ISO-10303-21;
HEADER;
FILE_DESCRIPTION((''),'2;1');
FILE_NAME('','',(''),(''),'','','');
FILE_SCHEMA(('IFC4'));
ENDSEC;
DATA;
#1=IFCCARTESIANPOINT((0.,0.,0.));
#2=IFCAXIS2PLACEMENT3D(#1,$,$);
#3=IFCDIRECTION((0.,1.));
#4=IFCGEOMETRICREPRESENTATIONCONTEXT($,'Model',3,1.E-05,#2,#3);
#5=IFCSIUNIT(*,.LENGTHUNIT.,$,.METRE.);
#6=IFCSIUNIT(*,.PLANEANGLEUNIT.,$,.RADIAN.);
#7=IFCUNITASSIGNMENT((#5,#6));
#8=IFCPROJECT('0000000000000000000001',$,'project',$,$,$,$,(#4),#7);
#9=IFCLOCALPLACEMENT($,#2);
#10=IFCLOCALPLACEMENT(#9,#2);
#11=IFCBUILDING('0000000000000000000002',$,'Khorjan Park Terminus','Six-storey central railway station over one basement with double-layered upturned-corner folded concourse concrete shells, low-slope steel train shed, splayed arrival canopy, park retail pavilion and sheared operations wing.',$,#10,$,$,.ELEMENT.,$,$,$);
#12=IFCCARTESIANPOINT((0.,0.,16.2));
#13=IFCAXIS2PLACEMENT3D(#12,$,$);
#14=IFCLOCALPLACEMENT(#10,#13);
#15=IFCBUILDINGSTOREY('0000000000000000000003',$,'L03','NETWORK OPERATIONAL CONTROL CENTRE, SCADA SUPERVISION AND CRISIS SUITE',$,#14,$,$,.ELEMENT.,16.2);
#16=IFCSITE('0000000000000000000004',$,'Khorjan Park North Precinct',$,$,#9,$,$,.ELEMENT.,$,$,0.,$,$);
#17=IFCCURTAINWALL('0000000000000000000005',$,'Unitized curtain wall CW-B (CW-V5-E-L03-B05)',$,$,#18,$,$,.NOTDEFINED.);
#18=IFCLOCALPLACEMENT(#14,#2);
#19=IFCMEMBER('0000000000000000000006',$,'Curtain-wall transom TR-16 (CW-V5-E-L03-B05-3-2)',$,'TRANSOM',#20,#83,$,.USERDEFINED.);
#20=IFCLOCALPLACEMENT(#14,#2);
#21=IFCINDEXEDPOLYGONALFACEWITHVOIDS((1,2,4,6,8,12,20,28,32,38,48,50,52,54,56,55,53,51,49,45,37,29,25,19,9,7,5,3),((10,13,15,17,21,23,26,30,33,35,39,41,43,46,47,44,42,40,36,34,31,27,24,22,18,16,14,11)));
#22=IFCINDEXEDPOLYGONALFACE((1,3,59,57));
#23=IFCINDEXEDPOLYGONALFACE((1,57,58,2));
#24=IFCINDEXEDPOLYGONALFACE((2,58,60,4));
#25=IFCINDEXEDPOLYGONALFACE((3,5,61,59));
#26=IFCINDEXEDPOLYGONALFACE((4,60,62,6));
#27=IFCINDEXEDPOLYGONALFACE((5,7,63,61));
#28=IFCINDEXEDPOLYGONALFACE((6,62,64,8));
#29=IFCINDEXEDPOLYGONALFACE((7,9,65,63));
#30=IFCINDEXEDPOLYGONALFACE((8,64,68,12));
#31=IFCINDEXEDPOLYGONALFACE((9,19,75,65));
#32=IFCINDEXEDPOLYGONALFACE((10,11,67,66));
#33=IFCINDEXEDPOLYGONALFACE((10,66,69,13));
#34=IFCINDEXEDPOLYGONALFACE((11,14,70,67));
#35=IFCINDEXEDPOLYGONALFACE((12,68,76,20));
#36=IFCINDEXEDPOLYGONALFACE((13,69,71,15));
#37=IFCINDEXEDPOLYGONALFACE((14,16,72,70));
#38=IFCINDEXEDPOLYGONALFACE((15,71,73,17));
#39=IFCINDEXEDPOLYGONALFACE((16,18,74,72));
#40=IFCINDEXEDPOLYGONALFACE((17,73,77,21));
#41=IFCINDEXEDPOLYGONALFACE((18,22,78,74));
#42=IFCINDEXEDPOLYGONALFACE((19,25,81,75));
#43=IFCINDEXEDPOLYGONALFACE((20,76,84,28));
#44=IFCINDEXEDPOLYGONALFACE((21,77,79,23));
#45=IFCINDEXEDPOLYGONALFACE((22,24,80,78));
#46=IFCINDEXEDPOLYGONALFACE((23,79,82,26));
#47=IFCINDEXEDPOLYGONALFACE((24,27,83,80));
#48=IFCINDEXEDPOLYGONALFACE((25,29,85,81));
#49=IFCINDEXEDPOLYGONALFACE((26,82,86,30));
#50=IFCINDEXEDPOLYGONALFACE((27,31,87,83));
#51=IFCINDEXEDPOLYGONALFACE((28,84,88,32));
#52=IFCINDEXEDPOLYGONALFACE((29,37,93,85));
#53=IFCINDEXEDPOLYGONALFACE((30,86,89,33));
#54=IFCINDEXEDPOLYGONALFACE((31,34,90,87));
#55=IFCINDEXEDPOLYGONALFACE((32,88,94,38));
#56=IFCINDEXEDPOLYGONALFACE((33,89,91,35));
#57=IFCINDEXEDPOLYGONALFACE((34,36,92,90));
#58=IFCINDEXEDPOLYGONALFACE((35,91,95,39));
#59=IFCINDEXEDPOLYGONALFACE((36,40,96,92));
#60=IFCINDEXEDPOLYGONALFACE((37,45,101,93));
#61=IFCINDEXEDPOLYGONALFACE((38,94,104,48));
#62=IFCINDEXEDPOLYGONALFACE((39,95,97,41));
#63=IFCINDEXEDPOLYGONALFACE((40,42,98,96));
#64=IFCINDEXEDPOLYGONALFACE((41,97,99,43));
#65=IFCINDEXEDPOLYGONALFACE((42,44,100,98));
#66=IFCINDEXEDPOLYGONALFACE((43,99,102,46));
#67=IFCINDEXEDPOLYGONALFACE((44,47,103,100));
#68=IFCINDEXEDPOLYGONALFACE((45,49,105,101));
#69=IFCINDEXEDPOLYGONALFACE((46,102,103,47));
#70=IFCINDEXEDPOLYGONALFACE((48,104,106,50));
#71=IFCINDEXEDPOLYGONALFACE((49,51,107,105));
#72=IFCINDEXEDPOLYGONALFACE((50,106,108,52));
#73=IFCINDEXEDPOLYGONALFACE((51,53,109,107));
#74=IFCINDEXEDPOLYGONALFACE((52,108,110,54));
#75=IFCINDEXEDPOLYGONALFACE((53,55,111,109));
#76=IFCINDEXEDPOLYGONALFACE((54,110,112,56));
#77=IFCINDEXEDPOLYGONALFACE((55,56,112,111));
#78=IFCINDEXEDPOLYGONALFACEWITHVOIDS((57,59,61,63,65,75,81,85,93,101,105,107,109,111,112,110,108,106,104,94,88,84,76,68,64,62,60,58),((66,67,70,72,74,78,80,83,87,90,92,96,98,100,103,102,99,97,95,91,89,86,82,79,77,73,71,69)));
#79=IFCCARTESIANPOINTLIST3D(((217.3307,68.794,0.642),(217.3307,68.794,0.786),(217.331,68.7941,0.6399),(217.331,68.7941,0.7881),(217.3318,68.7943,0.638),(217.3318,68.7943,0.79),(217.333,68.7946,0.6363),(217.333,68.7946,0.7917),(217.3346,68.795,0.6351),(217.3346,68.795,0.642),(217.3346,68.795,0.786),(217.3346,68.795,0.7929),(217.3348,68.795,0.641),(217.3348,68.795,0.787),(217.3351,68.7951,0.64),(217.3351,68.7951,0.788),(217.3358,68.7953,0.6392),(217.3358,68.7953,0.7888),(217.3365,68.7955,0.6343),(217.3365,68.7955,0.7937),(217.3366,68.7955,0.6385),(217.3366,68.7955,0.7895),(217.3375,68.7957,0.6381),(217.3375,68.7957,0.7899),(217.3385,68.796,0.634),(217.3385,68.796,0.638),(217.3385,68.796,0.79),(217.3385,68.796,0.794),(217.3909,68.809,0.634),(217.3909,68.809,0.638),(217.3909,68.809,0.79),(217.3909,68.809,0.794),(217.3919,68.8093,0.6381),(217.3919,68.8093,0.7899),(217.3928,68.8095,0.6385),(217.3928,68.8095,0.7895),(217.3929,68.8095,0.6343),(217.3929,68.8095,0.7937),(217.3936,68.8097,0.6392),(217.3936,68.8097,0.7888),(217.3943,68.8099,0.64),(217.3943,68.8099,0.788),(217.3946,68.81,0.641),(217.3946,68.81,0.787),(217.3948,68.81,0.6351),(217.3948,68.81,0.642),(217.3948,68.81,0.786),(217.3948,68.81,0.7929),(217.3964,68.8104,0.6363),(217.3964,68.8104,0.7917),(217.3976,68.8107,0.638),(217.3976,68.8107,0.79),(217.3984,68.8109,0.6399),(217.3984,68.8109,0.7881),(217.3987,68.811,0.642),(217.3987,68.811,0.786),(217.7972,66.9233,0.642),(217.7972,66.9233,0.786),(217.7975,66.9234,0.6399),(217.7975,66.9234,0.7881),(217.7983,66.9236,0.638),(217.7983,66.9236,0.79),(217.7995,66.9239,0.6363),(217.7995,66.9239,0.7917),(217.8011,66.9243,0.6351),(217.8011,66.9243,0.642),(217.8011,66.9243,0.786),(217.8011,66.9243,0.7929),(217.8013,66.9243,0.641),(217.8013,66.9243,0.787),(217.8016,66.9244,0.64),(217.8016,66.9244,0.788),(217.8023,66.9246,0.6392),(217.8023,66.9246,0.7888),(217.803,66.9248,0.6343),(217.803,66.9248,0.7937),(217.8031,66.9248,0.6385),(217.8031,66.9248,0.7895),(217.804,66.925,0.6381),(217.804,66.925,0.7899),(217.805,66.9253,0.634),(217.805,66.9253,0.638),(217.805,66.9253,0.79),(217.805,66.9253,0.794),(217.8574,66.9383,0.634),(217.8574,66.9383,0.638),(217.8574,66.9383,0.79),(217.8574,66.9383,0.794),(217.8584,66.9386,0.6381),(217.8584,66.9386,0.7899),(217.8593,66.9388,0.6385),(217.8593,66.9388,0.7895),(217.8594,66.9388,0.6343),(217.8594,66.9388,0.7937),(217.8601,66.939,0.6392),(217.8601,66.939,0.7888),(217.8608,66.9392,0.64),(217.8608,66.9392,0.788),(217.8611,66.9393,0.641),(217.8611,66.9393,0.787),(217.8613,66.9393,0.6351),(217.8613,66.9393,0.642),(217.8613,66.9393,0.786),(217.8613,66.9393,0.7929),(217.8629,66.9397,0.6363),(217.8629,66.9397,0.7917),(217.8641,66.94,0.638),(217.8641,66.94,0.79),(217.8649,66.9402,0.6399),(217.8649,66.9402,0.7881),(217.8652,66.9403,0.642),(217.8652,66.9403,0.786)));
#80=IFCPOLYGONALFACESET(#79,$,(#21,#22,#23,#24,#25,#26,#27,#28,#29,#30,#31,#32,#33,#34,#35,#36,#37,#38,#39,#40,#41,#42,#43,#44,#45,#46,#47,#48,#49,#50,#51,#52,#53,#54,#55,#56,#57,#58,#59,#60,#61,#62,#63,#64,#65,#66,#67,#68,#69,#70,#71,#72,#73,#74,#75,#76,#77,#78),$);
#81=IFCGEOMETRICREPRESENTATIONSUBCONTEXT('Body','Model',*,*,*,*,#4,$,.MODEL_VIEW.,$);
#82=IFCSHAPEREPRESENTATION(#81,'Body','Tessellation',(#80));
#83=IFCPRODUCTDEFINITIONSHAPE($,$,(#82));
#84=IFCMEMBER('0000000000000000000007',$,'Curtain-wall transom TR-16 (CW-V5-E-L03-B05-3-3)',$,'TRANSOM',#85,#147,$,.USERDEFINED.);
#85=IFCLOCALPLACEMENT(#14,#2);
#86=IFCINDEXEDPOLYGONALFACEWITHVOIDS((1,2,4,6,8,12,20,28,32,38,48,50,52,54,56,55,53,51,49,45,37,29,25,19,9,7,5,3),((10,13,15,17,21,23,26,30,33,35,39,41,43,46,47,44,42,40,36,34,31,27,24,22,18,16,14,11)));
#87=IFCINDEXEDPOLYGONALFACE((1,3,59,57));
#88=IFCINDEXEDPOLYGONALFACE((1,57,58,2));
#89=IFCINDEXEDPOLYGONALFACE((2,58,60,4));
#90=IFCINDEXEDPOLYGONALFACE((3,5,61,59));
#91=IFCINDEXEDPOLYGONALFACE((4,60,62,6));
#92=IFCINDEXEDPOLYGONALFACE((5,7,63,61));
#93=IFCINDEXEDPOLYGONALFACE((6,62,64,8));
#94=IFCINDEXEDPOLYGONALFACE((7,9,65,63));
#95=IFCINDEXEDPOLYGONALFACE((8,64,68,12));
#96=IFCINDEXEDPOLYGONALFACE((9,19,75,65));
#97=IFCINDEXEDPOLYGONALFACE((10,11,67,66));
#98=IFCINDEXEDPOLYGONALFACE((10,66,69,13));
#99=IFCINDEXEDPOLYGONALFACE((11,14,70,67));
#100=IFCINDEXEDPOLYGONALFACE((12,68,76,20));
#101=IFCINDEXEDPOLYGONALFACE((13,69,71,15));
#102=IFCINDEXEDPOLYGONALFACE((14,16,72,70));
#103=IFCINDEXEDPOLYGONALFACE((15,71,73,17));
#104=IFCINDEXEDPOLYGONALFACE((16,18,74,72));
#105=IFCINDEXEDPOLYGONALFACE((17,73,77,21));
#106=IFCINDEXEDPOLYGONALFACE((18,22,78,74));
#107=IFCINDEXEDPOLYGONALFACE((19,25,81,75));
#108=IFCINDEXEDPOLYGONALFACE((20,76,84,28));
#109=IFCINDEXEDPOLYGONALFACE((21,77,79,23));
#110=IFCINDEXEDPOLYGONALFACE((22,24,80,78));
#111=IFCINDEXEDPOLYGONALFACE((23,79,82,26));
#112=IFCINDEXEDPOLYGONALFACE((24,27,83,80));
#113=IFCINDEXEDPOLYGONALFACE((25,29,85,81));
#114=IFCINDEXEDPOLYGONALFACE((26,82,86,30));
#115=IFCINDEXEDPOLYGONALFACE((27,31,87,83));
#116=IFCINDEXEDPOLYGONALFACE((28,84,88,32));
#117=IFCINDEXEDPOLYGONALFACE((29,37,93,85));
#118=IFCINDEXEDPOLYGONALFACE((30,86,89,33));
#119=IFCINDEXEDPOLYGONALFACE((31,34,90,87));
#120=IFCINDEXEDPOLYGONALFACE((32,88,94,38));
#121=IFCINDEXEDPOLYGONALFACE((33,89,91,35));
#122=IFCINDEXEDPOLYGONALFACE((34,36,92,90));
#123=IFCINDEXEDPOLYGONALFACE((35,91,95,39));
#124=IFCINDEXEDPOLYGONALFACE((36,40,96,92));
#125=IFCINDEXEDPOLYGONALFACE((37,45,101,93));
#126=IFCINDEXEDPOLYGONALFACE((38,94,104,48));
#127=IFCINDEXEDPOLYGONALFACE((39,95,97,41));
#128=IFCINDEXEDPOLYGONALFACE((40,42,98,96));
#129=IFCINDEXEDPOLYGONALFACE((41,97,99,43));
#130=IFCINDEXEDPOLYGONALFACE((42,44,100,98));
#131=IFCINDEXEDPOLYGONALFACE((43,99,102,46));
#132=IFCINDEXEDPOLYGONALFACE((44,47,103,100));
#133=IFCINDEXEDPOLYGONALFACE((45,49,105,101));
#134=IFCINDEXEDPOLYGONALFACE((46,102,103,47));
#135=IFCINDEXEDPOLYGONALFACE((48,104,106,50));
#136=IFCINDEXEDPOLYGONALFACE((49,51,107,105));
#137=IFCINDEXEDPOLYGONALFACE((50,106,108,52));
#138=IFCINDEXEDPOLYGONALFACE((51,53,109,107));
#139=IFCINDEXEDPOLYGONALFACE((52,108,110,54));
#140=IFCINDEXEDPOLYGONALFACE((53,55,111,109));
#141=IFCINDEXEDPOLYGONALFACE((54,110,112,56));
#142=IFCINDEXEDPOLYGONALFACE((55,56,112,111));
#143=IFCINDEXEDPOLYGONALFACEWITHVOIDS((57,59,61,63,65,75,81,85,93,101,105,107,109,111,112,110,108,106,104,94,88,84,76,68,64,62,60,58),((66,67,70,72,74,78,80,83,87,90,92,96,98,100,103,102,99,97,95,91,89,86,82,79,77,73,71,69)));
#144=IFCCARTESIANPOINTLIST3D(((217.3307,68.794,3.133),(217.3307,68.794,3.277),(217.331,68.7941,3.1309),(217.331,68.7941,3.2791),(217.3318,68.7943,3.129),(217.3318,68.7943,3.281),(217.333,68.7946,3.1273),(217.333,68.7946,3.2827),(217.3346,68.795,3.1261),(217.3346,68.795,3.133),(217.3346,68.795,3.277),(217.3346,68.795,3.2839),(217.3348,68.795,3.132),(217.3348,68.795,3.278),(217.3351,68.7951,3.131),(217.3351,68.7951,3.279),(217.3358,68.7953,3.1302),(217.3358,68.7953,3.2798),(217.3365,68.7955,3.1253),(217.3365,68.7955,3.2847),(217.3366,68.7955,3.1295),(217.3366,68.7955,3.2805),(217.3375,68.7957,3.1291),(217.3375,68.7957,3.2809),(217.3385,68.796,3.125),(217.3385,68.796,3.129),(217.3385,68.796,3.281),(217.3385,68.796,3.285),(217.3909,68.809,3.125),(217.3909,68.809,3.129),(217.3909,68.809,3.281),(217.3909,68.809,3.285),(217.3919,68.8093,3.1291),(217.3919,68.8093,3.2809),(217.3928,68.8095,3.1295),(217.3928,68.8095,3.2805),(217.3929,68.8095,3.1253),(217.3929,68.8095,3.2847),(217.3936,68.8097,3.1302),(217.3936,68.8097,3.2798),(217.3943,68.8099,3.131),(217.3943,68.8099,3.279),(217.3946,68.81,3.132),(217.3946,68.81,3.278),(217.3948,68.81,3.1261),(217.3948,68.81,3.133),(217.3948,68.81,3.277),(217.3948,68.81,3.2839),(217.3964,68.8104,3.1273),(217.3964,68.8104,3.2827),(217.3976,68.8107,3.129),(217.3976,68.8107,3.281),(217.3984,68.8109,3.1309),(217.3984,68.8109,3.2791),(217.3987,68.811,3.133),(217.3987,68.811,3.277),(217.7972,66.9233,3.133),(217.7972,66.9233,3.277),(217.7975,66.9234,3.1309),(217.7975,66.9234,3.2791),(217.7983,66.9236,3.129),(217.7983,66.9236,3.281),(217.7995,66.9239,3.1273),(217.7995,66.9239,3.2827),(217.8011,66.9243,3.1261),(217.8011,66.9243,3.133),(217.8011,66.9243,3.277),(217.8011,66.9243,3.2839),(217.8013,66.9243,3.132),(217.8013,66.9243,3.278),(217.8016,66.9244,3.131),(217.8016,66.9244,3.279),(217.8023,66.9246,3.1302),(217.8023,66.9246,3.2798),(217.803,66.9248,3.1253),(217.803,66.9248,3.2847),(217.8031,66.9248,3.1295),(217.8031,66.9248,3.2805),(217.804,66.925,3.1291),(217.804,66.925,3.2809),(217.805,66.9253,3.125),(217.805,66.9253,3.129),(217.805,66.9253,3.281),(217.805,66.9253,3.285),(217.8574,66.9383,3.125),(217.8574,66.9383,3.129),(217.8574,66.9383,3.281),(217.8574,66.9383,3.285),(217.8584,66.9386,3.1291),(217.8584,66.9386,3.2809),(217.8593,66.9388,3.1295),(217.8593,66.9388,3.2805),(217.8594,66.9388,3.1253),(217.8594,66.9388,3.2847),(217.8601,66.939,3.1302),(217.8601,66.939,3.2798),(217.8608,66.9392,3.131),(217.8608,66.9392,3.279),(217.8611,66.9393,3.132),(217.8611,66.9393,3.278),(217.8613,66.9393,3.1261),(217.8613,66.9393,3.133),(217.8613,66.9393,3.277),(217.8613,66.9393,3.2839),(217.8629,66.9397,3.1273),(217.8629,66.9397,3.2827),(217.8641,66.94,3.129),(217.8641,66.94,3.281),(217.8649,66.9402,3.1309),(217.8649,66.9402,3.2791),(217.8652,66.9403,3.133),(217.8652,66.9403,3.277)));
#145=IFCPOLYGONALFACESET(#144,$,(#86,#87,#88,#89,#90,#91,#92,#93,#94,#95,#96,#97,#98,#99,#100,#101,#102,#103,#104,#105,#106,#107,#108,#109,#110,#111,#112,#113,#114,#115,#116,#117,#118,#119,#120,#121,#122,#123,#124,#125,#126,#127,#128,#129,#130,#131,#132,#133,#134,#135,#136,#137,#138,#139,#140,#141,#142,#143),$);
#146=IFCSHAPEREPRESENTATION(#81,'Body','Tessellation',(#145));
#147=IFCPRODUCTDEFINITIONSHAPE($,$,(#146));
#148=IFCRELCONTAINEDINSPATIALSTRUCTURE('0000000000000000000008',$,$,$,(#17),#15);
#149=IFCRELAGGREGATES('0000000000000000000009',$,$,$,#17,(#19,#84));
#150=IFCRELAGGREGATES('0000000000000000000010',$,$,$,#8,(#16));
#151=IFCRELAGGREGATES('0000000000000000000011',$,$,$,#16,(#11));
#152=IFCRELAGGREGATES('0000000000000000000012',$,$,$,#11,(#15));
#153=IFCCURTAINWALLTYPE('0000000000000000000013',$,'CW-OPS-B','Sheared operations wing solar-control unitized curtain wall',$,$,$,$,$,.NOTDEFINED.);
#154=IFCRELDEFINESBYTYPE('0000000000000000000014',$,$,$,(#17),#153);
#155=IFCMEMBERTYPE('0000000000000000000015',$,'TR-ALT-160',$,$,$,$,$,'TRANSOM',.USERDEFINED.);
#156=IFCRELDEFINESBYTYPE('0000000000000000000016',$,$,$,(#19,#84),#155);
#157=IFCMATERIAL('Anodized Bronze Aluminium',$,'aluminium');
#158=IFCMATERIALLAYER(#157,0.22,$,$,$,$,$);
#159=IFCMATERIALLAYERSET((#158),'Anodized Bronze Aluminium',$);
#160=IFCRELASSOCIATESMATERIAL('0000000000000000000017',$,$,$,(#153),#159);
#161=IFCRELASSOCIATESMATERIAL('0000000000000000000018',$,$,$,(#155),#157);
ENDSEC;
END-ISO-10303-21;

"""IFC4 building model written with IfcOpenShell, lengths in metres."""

from ifc_helpers import new_model, si_unit, direction, frame, origin, origin_2d, place, context, subcontext, project, spatial, hollow_rectangle, extrude, material, layer, layer_set, material_profile, profile_set, type_object, element, aggregate, save


model = new_model("IFC4")

# Units and contexts
model_context = context("Model", 3, precision=1e-05, world=origin(), true_north=direction((0.0, 1.0)))
body_context = subcontext(model_context, "Body", "Model", "MODEL_VIEW")
ifc_project = project(units=[si_unit("LENGTHUNIT", "METRE"), si_unit("PLANEANGLEUNIT", "RADIAN")], contexts=[model_context])

# Site, building, storey
site_placement = place(None, origin())
site = spatial("IfcSite", under=ifc_project, at=site_placement, Name="Khorjan Park North Precinct", CompositionType="ELEMENT", RefElevation=0.0)
building_placement = place(site_placement, origin())
building = spatial("IfcBuilding", under=site, at=building_placement, Name="Khorjan Park Terminus", Description="Six-storey central railway station over one basement with double-layered upturned-corner folded concourse concrete shells, low-slope steel train shed, splayed arrival canopy, park retail pavilion and sheared operations wing.", CompositionType="ELEMENT")
storey_placement = place(building_placement, frame((0.0, 0.0, 16.2)))
storey = spatial("IfcBuildingStorey", under=building, at=storey_placement, Name="L03", Description="NETWORK OPERATIONAL CONTROL CENTRE, SCADA SUPERVISION AND CRISIS SUITE", CompositionType="ELEMENT", Elevation=16.2)

# Curtain wall, members
ifc_material_1 = material(Name="Anodized Bronze Aluminium", Category="aluminium")
ifc_layer_1 = layer(ifc_material_1, 0.22)
ifc_layer_set_1 = layer_set([ifc_layer_1], Name="Anodized Bronze Aluminium")
curtain_wall_type = type_object("IfcCurtainWallType", Name="CW-OPS-B", Description="Sheared operations wing solar-control unitized curtain wall", PredefinedType="NOTDEFINED", material=ifc_layer_set_1)
curtain_wall_placement = place(storey_placement, origin())
curtain_wall = element("IfcCurtainWall", 1, at=curtain_wall_placement, inside=storey, type_object=curtain_wall_type, Name="Unitized curtain wall CW-B (CW-V5-E-L03-B05)", PredefinedType="NOTDEFINED")
ifc_material_profile_1 = material_profile(ifc_material_1, hollow_rectangle(XDim=0.07, YDim=0.16, WallThickness=0.004, InnerFilletRadius=0.004, OuterFilletRadius=0.008, at=origin_2d()), Name="ALT 70x160x4")
ifc_profile_set_1 = profile_set([ifc_material_profile_1], Name="Anodized Bronze Aluminium")
member_type_1 = type_object("IfcMemberType", Name="TR-ALT-160", ElementType="TRANSOM", PredefinedType="USERDEFINED", material=ifc_profile_set_1)
member_1_placement = place(storey_placement, frame((217.8312, 66.9318, 0.714), z_axis=(-0.241962, 0.970286, 0.0), x_axis=(-0.970286, -0.241962, 0.0)))
member_1 = element("IfcMember", 2, at=member_1_placement, type_object=member_type_1, Name="Curtain-wall transom TR-16 (CW-V5-E-L03-B05-3-2)", ObjectType="TRANSOM", PredefinedType="USERDEFINED", context=body_context, shape_type="SweptSolid", body=[
    extrude(hollow_rectangle(XDim=0.07, YDim=0.16, WallThickness=0.004, InnerFilletRadius=0.004, OuterFilletRadius=0.008, at=origin_2d()), origin(), (0.0, 0.0, 1.0), 1.928),
])
member_2_placement = place(storey_placement, frame((217.8312, 66.9318, 3.205), z_axis=(-0.241962, 0.970286, 0.0), x_axis=(-0.970286, -0.241962, 0.0)))
member_2 = element("IfcMember", 3, at=member_2_placement, type_object=member_type_1, Name="Curtain-wall transom TR-16 (CW-V5-E-L03-B05-3-3)", ObjectType="TRANSOM", PredefinedType="USERDEFINED", context=body_context, shape_type="SweptSolid", body=[
    extrude(hollow_rectangle(XDim=0.07, YDim=0.16, WallThickness=0.004, InnerFilletRadius=0.004, OuterFilletRadius=0.008, at=origin_2d()), origin(), (0.0, 0.0, 1.0), 1.928),
])
aggregate(curtain_wall, [member_1, member_2])

save(model, "model.ifc")
